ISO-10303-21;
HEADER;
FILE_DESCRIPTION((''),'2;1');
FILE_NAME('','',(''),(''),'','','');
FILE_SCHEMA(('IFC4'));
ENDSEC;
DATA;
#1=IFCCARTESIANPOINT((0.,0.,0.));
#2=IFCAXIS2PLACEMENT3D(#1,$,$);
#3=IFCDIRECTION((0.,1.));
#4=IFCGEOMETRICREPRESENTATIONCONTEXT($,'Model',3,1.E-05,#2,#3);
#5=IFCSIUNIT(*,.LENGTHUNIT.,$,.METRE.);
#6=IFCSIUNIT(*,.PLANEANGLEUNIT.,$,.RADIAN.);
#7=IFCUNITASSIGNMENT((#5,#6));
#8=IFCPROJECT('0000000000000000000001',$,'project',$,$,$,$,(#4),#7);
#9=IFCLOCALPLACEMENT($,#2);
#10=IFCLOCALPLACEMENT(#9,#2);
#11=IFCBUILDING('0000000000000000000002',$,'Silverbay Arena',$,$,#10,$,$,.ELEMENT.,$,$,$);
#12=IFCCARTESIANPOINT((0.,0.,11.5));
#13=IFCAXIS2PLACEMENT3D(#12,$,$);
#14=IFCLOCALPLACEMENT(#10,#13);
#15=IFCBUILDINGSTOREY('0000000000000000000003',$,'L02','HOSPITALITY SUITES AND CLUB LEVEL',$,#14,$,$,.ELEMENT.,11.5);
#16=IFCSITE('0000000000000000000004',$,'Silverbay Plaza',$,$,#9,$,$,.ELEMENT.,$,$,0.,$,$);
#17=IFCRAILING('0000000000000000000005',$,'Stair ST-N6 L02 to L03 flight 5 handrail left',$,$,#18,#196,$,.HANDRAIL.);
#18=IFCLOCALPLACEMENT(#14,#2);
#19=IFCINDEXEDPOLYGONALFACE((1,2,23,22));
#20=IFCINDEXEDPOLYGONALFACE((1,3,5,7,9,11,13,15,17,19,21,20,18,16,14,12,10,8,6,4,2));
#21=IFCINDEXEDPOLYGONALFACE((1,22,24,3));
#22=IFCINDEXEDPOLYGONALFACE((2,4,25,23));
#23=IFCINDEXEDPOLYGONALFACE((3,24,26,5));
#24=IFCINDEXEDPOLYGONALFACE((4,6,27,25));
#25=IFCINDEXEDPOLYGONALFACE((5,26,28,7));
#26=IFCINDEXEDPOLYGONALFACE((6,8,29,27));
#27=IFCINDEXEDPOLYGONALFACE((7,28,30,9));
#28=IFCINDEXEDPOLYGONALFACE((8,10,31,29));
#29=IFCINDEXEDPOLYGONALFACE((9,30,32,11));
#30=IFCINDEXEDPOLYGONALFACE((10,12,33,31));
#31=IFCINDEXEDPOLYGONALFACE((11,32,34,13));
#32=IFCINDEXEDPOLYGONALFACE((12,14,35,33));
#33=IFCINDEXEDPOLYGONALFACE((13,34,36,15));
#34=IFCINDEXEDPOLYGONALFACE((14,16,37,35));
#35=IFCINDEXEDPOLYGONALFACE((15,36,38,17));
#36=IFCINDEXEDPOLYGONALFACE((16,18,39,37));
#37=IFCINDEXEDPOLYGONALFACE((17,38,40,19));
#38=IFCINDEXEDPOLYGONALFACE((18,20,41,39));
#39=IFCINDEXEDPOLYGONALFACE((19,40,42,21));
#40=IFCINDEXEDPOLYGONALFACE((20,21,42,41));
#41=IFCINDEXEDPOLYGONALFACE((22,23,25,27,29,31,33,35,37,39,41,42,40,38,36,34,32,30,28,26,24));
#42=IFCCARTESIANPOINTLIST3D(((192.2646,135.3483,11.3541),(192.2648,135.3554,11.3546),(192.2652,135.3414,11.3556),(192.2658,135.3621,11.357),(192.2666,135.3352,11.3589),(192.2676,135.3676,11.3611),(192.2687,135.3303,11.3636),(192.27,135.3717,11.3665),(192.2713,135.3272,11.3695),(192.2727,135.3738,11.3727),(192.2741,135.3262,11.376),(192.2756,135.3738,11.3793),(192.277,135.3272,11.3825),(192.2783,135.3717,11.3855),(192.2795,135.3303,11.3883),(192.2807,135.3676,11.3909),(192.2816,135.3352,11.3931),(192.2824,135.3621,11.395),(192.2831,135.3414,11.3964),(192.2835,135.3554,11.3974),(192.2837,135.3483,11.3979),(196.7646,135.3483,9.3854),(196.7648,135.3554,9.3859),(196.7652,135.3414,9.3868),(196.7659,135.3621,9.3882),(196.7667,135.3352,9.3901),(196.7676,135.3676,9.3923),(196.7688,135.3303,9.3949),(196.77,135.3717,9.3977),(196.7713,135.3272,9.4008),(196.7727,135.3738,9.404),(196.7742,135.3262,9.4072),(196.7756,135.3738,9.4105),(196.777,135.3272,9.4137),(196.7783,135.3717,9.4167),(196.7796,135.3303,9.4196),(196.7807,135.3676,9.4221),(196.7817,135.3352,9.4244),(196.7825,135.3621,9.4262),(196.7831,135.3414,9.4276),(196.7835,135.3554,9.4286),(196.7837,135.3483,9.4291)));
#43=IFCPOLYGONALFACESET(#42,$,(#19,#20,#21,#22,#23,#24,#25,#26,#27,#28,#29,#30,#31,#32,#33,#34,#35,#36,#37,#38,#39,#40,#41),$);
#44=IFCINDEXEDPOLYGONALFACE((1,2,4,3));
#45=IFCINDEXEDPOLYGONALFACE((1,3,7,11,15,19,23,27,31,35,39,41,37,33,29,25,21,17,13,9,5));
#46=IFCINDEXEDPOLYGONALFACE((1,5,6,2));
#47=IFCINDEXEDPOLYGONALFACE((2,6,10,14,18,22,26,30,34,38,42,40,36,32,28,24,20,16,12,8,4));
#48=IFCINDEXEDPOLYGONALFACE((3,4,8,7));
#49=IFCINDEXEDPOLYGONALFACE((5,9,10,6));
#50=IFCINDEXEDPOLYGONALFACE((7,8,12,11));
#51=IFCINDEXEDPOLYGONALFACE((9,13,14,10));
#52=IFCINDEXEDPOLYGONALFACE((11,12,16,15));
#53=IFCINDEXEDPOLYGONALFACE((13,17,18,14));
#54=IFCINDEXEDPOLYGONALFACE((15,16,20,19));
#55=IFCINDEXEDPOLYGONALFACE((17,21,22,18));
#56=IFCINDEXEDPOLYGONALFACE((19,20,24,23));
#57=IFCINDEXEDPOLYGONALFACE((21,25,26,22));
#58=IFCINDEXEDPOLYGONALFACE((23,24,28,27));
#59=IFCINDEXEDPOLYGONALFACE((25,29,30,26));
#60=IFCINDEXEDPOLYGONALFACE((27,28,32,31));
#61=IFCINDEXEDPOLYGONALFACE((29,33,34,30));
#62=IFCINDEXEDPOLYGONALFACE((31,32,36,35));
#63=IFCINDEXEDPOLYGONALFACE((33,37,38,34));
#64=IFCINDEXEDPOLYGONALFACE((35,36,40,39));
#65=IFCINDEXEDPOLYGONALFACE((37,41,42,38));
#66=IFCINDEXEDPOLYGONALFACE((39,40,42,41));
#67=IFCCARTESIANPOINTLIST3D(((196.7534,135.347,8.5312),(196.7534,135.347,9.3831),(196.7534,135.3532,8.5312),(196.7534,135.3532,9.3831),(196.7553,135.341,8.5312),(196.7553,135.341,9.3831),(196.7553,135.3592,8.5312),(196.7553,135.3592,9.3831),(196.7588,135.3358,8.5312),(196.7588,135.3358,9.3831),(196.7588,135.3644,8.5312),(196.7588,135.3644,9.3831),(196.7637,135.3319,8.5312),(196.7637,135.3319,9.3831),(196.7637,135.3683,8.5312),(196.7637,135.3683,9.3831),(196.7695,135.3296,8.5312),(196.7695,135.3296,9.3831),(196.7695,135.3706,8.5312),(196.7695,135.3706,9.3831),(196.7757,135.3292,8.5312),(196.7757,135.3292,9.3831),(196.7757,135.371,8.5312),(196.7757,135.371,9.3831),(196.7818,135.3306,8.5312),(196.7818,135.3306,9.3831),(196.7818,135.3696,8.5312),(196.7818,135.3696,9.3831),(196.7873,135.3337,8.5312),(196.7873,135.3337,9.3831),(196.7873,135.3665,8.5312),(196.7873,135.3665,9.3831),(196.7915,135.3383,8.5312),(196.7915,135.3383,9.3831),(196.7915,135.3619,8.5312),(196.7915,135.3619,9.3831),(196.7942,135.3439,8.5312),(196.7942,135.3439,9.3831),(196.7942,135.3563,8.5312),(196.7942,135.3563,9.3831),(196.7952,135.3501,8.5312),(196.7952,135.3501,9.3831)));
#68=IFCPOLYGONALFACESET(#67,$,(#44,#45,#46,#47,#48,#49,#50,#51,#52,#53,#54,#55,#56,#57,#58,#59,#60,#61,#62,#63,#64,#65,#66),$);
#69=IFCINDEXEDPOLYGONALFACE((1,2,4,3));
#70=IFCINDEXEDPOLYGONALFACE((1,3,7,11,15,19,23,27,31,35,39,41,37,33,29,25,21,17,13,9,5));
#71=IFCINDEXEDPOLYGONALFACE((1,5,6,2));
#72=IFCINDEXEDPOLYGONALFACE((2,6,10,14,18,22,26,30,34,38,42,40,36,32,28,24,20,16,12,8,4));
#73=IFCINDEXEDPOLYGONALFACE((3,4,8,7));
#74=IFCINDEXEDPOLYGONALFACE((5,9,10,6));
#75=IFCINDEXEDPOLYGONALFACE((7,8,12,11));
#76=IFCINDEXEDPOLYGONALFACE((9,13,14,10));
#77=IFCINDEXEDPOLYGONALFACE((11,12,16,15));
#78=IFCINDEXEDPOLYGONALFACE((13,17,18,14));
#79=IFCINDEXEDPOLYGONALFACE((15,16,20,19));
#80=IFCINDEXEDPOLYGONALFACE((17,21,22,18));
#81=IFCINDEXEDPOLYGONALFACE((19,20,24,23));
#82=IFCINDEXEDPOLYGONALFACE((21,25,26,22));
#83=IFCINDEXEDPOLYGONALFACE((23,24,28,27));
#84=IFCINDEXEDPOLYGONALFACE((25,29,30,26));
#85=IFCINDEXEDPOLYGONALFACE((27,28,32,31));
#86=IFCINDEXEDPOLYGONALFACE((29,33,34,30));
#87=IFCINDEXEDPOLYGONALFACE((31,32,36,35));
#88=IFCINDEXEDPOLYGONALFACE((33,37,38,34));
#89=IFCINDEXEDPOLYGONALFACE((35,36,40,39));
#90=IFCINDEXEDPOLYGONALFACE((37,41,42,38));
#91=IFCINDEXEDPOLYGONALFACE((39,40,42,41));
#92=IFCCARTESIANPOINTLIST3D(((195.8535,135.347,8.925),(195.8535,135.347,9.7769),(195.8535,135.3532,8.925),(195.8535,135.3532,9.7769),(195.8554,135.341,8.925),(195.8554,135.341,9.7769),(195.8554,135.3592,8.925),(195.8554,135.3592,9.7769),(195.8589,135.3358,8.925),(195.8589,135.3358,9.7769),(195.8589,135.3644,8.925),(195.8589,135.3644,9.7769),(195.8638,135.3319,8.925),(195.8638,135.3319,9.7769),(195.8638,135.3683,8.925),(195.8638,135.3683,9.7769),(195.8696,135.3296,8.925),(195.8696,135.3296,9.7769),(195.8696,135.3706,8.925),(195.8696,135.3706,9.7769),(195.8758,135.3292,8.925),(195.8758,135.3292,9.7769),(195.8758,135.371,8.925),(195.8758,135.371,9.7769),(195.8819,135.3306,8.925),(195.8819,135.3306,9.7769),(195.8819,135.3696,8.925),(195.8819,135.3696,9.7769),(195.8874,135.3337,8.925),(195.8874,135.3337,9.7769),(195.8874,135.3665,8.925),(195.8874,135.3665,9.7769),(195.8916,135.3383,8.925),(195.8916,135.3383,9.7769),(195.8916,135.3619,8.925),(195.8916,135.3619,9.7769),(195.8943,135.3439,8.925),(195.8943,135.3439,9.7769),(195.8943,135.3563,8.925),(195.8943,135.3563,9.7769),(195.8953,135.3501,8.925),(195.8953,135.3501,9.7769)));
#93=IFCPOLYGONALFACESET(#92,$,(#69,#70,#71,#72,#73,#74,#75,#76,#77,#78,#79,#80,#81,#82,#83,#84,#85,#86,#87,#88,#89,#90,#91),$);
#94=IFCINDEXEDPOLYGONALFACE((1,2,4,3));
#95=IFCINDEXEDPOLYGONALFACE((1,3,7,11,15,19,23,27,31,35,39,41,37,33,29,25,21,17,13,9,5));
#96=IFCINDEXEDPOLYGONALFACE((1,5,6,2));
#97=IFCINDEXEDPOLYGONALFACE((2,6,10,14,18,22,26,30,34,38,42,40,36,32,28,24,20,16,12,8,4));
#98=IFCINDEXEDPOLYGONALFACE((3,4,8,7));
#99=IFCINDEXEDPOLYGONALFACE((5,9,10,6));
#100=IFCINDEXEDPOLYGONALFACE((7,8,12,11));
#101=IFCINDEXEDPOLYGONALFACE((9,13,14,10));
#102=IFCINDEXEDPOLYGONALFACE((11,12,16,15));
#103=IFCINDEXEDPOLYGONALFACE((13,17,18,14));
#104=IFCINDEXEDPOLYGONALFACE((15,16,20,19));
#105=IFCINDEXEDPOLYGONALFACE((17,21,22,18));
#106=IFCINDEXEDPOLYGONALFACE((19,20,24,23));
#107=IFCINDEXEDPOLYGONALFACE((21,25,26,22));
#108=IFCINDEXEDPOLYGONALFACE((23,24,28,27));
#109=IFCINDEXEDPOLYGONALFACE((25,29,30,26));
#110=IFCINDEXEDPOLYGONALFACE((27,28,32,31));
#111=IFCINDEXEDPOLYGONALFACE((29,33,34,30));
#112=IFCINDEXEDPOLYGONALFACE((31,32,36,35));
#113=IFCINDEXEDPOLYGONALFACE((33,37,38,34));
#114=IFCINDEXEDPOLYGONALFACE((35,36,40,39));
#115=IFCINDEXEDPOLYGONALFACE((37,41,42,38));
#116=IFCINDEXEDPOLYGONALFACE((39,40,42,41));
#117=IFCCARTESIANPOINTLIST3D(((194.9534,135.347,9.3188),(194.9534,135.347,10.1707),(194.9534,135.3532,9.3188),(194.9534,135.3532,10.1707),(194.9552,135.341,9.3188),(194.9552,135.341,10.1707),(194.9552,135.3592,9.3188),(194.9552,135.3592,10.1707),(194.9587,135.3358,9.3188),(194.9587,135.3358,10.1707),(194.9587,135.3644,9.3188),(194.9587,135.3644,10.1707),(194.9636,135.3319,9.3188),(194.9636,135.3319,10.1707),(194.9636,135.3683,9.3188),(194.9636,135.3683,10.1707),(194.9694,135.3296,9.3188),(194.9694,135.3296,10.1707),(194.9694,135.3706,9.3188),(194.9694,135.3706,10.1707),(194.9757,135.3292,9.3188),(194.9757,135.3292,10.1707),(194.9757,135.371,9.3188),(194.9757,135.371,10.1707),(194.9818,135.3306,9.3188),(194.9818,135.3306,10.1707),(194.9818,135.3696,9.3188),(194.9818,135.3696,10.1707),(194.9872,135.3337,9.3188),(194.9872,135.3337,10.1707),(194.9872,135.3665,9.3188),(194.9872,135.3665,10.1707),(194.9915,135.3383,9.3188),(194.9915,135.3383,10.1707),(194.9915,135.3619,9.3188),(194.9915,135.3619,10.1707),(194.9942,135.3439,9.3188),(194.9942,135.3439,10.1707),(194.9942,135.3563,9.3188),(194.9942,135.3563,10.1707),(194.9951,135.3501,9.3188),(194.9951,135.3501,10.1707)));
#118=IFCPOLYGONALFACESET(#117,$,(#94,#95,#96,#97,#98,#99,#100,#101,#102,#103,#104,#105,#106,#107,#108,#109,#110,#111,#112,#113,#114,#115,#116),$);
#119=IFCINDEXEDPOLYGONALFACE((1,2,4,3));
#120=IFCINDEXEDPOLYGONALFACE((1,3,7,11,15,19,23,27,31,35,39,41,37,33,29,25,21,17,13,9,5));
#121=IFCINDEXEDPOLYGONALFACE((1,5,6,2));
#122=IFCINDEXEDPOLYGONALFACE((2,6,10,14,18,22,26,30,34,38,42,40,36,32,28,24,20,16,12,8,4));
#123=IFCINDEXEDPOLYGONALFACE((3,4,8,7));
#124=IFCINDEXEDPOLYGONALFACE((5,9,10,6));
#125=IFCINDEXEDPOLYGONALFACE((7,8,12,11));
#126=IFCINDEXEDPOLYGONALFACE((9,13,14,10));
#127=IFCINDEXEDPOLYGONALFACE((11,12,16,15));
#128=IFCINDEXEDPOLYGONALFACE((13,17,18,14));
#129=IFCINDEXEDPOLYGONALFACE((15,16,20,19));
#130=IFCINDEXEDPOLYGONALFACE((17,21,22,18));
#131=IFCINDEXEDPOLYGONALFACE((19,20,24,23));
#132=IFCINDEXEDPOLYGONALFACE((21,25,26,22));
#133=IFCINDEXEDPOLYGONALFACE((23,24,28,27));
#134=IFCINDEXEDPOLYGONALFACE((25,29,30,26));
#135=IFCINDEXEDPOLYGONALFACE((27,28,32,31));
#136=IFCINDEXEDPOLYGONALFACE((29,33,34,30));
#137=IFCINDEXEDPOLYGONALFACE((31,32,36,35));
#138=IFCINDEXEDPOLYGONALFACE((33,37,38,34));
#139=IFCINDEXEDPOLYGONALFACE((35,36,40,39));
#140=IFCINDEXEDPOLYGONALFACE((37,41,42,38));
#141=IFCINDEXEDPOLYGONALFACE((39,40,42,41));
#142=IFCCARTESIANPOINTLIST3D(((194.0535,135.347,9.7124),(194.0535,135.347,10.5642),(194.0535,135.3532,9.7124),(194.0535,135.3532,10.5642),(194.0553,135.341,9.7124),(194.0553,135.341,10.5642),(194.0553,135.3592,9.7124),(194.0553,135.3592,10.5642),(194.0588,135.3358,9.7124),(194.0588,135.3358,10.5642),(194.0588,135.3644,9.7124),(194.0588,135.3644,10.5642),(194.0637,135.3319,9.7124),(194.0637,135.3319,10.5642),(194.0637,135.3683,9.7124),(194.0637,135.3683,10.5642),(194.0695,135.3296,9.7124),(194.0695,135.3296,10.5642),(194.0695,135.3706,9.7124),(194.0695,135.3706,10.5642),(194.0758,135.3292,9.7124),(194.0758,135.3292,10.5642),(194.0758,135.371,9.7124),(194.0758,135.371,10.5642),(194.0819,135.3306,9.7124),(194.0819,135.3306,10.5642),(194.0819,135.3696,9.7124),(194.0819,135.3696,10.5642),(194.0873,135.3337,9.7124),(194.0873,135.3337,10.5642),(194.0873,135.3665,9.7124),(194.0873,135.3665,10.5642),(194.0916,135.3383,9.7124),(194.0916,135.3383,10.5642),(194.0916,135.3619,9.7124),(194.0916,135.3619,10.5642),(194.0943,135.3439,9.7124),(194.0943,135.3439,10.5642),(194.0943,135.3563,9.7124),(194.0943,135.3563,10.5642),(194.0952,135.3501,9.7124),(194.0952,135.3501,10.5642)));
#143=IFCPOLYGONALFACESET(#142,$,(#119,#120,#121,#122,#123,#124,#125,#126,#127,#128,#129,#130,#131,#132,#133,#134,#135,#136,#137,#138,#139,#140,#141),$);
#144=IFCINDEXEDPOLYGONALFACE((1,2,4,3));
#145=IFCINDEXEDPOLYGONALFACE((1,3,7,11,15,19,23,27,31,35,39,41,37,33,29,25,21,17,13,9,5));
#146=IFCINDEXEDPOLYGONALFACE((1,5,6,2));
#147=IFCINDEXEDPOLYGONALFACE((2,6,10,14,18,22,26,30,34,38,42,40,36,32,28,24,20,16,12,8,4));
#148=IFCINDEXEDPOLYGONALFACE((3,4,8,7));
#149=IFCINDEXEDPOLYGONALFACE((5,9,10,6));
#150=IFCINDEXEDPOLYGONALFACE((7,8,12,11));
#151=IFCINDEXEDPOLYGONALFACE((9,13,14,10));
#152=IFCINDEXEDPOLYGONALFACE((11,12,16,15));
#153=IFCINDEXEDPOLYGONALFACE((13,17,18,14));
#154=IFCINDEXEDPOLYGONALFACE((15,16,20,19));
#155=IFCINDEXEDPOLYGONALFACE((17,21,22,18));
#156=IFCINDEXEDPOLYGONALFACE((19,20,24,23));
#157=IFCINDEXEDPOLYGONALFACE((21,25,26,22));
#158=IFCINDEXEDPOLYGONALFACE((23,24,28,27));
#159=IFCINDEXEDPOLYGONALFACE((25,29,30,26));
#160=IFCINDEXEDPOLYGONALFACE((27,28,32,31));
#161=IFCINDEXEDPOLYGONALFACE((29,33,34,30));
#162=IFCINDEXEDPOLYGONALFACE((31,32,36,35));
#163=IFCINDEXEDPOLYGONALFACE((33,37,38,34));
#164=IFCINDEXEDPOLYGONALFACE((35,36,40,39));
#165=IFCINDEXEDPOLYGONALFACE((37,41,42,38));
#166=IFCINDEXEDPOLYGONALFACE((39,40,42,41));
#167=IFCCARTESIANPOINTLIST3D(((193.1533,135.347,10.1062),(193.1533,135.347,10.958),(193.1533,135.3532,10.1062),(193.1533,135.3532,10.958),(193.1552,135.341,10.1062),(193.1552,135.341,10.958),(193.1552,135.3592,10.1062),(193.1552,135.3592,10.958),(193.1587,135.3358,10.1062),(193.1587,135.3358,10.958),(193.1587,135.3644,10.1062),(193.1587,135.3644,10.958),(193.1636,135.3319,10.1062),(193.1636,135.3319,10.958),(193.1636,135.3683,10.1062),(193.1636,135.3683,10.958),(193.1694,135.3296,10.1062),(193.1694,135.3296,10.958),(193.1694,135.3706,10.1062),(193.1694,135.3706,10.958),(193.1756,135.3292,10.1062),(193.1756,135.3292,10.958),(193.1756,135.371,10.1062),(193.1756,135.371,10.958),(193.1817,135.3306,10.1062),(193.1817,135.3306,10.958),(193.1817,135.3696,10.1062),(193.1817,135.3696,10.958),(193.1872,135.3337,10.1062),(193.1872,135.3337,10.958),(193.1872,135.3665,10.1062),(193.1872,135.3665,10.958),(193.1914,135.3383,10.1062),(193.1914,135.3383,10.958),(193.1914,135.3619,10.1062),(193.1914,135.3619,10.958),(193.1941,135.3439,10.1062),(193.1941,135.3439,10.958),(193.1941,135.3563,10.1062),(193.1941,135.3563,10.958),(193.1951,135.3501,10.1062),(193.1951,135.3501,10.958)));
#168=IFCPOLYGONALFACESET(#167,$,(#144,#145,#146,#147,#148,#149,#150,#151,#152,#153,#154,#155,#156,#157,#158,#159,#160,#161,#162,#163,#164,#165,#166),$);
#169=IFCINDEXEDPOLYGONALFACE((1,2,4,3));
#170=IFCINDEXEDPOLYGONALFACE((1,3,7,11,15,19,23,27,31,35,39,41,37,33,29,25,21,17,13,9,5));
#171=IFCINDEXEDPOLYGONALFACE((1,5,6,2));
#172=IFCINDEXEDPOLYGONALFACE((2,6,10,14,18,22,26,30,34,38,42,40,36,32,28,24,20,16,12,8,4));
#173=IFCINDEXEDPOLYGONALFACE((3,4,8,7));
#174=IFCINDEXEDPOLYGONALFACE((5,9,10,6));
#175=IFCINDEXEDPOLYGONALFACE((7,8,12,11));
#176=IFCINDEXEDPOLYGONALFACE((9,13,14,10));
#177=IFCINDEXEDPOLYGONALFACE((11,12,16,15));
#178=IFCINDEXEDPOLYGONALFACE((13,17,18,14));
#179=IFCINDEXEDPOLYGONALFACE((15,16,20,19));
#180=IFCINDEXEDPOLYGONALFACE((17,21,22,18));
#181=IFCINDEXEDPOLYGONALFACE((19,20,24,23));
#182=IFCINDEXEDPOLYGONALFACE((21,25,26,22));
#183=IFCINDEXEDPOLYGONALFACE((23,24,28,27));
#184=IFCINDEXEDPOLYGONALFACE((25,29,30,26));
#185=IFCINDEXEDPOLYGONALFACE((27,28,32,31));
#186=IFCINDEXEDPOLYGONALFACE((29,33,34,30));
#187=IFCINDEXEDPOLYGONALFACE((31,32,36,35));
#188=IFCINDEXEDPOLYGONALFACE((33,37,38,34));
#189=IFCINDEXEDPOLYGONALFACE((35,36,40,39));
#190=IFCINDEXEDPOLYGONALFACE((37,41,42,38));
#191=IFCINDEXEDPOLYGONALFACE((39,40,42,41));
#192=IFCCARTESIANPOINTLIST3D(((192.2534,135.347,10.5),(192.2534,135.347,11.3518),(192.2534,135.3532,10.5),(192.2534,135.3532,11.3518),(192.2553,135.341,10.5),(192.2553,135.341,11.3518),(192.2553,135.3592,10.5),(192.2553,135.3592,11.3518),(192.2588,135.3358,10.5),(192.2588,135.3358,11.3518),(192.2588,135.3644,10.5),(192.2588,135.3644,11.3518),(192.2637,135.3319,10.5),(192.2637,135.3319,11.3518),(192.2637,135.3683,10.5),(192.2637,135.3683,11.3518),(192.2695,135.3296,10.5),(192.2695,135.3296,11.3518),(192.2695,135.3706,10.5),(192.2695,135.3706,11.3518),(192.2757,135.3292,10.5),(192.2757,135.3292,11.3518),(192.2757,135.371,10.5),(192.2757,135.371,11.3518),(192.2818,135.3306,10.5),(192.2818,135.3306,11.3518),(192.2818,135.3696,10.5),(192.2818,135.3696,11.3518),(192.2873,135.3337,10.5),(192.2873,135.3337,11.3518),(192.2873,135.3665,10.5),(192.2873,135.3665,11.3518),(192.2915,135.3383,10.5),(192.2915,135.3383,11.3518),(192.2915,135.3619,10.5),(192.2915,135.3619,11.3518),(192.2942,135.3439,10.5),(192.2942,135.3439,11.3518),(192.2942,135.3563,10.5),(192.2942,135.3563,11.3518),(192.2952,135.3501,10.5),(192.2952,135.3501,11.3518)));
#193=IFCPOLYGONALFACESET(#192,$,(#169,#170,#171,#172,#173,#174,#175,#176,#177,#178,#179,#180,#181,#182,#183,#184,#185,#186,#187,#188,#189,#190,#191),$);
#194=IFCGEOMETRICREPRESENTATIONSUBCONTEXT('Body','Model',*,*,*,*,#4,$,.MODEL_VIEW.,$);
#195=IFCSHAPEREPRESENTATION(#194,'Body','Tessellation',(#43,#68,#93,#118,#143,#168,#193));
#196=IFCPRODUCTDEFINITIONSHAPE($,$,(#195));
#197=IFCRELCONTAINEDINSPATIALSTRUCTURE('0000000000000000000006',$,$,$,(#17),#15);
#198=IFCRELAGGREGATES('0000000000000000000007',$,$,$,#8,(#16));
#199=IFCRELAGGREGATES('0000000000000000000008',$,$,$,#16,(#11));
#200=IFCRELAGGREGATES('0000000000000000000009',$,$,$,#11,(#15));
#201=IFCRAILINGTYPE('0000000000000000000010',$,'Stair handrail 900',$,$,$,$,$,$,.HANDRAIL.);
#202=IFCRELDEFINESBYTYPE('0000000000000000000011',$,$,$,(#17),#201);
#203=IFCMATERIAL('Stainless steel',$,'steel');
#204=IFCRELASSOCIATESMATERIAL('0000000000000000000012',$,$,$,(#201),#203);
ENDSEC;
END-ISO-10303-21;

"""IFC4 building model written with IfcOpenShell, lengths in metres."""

from ifc_helpers import new_model, si_unit, direction, frame, origin, origin_2d, place, context, subcontext, project, spatial, circle, extrude, material, type_object, element, save


model = new_model("IFC4")

# Units and contexts
model_context = context("Model", 3, precision=1e-05, world=origin(), true_north=direction((0.0, 1.0)))
body_context = subcontext(model_context, "Body", "Model", "MODEL_VIEW")
ifc_project = project(units=[si_unit("LENGTHUNIT", "METRE"), si_unit("PLANEANGLEUNIT", "RADIAN")], contexts=[model_context])

# Site, building, storey
site_placement = place(None, origin())
site = spatial("IfcSite", under=ifc_project, at=site_placement, Name="Silverbay Plaza", CompositionType="ELEMENT", RefElevation=0.0)
building_placement = place(site_placement, origin())
building = spatial("IfcBuilding", under=site, at=building_placement, Name="Silverbay Arena", CompositionType="ELEMENT")
storey_placement = place(building_placement, frame((0.0, 0.0, 11.5)))
storey = spatial("IfcBuildingStorey", under=building, at=storey_placement, Name="L02", Description="HOSPITALITY SUITES AND CLUB LEVEL", CompositionType="ELEMENT", Elevation=11.5)

# Railing
ifc_material_1 = material(Name="Stainless steel", Category="steel")
railing_type_1 = type_object("IfcRailingType", Name="Stair handrail 900", PredefinedType="HANDRAIL", material=ifc_material_1)
for number, where, name in (
    (1, (196.7742, 135.3501, 8.5312), "Stair ST-N6 L02 to L03 flight 5 handrail left"),
):
    element("IfcRailing", number, at=place(storey_placement, frame(where)), inside=storey, type_object=railing_type_1, Name=name, PredefinedType="HANDRAIL", context=body_context, shape_type="SweptSolid", body=[
        extrude(circle(Radius=0.0239, at=origin_2d()), frame((0.0, 0.0, 0.876), z_axis=(-0.916157, 0.0, 0.400819), x_axis=(0.0, -1.0, 0.0)), (0.0, 0.0, 1.0), 4.9119),
        extrude(circle(Radius=0.021, at=origin_2d()), origin(), (0.0, 0.0, 1.0), 0.8518),
        extrude(circle(Radius=0.021, at=origin_2d()), frame((-0.8999, 0.0, 0.3938)), (0.0, 0.0, 1.0), 0.8518),
        extrude(circle(Radius=0.021, at=origin_2d()), frame((-1.8, 0.0, 0.7876)), (0.0, 0.0, 1.0), 0.8518),
        extrude(circle(Radius=0.021, at=origin_2d()), frame((-2.7, 0.0, 1.1812)), (0.0, 0.0, 1.0), 0.8518),
        extrude(circle(Radius=0.021, at=origin_2d()), frame((-3.6001, 0.0, 1.575)), (0.0, 0.0, 1.0), 0.8518),
        extrude(circle(Radius=0.021, at=origin_2d()), frame((-4.5, 0.0, 1.9688)), (0.0, 0.0, 1.0), 0.8518),
    ])

save(model, "model.ifc")
